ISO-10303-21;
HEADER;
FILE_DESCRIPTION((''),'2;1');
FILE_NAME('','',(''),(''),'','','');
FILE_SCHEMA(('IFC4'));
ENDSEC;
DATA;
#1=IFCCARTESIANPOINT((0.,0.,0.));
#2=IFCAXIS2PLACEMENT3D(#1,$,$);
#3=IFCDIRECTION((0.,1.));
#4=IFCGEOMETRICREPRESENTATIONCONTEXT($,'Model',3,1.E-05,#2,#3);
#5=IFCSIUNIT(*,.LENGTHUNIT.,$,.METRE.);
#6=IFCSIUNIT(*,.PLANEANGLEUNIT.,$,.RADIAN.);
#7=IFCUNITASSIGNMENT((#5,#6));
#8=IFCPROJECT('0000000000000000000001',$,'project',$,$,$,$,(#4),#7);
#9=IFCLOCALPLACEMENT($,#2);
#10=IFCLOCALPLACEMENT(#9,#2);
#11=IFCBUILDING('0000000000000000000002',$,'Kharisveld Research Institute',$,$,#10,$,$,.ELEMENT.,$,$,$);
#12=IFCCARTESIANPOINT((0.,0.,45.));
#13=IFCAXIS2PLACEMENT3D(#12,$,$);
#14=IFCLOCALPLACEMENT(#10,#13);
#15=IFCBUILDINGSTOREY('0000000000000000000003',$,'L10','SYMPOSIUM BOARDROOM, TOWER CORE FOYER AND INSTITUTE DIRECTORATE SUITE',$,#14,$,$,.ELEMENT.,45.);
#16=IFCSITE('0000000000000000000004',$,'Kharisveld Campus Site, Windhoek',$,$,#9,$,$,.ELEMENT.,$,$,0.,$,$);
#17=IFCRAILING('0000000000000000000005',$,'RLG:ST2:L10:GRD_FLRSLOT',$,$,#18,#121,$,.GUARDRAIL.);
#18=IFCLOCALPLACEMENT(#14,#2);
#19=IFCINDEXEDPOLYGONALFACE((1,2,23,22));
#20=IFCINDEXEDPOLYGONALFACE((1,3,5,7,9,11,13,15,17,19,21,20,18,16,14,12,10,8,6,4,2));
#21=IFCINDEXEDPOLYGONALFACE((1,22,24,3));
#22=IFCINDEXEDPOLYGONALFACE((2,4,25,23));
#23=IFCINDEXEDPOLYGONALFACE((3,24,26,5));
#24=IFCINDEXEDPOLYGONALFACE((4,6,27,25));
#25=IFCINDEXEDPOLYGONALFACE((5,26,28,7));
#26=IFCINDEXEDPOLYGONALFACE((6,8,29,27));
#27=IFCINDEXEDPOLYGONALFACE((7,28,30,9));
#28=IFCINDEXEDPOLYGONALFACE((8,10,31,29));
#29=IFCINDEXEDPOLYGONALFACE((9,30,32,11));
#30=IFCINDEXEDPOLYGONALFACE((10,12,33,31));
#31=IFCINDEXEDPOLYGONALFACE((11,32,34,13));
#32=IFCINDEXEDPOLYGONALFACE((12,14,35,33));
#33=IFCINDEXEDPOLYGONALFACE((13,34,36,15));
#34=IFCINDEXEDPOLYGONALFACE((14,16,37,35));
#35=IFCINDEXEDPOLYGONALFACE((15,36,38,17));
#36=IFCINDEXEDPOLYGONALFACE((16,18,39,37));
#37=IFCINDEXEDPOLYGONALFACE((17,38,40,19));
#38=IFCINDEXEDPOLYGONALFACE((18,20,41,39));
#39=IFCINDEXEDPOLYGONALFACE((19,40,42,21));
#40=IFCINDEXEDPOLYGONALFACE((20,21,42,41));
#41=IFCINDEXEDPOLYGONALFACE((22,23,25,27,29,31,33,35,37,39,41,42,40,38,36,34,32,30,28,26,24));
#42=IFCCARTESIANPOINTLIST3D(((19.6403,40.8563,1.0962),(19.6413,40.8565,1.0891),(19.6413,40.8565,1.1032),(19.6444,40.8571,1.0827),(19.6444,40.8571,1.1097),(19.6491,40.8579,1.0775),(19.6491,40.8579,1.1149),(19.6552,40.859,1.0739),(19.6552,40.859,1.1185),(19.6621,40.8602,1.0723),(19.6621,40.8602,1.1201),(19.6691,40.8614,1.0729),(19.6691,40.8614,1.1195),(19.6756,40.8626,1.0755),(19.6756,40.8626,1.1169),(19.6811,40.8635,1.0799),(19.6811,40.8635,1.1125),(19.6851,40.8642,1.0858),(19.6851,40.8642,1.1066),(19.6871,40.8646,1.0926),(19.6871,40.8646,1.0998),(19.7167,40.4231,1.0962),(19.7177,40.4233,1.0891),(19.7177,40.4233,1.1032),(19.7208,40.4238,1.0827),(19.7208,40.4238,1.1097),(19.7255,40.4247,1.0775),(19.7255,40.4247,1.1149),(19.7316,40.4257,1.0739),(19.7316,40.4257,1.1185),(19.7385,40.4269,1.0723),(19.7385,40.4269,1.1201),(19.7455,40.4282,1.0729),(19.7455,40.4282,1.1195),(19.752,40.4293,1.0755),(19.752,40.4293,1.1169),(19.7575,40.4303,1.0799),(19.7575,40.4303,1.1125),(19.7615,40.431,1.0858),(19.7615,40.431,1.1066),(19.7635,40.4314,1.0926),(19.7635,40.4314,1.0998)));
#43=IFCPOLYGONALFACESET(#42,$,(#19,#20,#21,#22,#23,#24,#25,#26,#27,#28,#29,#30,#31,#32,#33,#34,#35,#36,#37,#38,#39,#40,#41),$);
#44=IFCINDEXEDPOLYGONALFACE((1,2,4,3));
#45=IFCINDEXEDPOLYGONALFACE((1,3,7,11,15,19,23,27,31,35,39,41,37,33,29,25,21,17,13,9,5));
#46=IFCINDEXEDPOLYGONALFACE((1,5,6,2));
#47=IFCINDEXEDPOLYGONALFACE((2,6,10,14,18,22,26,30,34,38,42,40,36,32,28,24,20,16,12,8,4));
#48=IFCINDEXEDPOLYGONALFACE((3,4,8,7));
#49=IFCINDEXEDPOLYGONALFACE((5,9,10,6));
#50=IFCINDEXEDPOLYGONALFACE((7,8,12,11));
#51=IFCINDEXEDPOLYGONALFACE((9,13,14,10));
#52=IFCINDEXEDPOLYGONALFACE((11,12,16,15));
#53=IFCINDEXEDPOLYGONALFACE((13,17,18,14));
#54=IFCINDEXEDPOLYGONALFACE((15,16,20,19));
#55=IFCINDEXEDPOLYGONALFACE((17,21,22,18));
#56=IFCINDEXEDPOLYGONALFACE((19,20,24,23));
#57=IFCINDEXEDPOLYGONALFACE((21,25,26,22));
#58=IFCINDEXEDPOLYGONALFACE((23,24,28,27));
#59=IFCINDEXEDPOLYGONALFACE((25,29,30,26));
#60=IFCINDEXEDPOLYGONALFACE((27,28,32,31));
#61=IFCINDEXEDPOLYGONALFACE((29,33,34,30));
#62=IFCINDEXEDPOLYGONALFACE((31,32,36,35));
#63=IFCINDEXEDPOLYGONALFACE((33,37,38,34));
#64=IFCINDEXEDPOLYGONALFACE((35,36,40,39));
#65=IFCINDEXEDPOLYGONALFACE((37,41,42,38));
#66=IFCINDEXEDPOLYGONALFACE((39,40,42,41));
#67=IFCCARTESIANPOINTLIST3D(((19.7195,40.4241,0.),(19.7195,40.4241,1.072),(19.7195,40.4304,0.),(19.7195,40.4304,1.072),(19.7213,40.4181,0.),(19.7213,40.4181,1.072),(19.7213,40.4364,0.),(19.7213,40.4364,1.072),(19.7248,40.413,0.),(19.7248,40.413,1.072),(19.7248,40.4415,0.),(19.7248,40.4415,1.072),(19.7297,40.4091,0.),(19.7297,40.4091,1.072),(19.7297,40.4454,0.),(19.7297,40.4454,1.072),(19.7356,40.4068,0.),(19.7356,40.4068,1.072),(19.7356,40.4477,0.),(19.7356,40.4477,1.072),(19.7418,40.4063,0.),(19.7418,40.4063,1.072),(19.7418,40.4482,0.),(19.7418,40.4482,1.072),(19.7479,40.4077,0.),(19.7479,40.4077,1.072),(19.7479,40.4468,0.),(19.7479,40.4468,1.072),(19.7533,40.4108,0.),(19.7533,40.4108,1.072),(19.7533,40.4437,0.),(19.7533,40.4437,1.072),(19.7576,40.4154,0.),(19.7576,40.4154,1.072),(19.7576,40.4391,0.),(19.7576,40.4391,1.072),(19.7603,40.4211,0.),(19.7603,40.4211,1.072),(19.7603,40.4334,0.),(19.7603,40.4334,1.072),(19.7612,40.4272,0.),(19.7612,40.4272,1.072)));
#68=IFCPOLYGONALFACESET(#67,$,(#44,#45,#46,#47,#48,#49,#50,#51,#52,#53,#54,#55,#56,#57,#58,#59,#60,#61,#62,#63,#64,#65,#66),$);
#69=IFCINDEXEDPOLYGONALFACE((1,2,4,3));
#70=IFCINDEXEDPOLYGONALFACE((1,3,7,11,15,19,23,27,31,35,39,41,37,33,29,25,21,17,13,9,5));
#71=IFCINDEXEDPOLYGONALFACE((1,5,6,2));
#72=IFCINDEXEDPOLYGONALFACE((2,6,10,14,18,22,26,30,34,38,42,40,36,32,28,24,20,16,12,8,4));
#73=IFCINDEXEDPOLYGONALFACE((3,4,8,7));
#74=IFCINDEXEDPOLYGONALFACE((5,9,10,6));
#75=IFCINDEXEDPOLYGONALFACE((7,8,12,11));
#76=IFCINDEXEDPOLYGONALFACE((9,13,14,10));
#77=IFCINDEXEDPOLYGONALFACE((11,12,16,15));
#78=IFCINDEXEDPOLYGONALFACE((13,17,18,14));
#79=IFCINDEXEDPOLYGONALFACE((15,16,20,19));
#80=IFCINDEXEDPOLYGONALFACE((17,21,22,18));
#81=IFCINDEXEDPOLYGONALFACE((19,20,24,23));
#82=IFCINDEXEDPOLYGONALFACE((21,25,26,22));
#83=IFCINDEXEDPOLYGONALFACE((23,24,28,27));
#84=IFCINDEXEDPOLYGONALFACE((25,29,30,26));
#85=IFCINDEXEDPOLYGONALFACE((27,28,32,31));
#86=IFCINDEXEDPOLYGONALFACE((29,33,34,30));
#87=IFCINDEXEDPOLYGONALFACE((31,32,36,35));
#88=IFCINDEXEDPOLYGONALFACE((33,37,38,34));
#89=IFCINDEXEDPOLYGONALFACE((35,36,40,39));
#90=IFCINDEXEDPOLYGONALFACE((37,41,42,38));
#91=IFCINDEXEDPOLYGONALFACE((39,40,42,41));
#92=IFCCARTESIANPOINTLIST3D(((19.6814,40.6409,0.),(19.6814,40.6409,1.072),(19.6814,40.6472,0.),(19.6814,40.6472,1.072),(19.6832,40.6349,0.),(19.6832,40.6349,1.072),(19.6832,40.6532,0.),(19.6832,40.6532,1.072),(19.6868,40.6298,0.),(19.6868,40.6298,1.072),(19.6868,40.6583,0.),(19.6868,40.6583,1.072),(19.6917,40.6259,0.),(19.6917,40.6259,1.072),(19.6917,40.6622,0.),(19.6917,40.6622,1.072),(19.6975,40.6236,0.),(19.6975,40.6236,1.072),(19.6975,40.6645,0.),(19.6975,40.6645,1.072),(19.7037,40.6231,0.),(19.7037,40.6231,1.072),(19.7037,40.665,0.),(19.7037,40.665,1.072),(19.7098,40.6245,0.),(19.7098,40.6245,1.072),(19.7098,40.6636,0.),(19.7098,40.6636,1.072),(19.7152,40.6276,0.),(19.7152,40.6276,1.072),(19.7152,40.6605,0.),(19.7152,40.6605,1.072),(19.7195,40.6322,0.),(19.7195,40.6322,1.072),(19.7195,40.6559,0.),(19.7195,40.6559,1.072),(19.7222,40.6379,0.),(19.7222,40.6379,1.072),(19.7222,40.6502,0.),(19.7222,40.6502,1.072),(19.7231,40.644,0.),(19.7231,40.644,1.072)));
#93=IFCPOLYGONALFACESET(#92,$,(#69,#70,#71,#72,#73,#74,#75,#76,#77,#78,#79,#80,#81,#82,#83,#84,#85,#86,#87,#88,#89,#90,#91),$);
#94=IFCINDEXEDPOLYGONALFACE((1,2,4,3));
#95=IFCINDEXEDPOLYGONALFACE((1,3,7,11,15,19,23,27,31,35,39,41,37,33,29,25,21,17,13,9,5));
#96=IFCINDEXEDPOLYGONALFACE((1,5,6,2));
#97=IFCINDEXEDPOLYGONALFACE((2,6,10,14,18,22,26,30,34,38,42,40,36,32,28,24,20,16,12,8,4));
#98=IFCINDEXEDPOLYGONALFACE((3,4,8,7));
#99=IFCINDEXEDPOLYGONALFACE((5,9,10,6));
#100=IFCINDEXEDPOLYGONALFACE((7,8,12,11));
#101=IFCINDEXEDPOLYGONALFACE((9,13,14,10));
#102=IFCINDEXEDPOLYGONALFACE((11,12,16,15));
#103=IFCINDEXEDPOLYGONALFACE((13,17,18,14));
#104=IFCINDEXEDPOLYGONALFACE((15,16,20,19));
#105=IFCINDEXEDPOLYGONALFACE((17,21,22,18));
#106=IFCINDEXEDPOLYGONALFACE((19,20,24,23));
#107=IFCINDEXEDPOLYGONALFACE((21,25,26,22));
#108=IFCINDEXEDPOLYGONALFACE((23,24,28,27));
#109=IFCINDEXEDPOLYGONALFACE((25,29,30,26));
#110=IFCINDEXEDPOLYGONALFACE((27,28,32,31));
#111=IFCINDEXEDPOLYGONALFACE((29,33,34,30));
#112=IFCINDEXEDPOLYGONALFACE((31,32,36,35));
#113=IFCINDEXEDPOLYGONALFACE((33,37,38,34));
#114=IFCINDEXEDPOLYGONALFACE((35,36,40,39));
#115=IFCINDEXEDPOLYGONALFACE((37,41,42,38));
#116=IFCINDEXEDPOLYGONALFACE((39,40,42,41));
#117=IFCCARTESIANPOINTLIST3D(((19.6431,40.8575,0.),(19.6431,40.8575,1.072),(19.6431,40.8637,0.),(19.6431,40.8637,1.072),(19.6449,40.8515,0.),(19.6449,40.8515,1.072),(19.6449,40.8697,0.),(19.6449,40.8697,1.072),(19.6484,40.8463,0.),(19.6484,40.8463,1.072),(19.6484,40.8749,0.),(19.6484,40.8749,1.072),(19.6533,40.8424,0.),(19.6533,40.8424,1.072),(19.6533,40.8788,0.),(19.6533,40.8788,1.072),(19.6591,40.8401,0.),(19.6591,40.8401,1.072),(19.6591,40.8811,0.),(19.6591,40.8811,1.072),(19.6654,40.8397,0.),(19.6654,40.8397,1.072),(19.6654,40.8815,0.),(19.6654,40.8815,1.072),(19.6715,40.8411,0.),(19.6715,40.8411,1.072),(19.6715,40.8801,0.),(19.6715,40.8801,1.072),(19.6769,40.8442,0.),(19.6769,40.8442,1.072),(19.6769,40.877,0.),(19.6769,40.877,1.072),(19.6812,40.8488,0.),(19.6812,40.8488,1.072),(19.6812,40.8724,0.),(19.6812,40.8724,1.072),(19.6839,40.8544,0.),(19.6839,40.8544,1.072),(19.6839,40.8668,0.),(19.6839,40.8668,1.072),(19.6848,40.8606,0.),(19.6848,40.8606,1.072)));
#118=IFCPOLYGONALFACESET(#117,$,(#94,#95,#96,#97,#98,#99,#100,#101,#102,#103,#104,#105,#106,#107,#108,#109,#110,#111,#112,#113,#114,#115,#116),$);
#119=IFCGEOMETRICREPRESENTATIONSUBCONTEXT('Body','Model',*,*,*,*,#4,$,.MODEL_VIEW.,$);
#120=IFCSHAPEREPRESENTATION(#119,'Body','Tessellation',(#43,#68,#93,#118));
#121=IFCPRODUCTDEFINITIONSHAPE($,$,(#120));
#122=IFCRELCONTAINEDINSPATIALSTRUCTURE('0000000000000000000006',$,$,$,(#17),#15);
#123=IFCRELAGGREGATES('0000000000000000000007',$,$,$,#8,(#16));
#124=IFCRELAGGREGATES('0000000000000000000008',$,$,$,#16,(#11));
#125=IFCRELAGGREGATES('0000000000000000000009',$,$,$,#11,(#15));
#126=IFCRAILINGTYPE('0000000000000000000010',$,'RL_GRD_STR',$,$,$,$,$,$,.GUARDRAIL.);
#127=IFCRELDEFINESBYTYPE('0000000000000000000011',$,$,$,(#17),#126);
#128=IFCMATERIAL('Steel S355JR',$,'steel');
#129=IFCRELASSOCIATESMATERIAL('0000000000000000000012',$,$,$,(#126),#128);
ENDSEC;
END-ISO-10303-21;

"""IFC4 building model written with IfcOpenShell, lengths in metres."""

from ifc_helpers import new_model, si_unit, direction, frame, origin, origin_2d, place, context, subcontext, project, spatial, circle, extrude, material, type_object, element, save


model = new_model("IFC4")

# Units and contexts
model_context = context("Model", 3, precision=1e-05, world=origin(), true_north=direction((0.0, 1.0)))
body_context = subcontext(model_context, "Body", "Model", "MODEL_VIEW")
ifc_project = project(units=[si_unit("LENGTHUNIT", "METRE"), si_unit("PLANEANGLEUNIT", "RADIAN")], contexts=[model_context])

# Site, building, storey
site_placement = place(None, origin())
site = spatial("IfcSite", under=ifc_project, at=site_placement, Name="Kharisveld Campus Site, Windhoek", CompositionType="ELEMENT", RefElevation=0.0)
building_placement = place(site_placement, origin())
building = spatial("IfcBuilding", under=site, at=building_placement, Name="Kharisveld Research Institute", CompositionType="ELEMENT")
storey_placement = place(building_placement, frame((0.0, 0.0, 45.0)))
storey = spatial("IfcBuildingStorey", under=building, at=storey_placement, Name="L10", Description="SYMPOSIUM BOARDROOM, TOWER CORE FOYER AND INSTITUTE DIRECTORATE SUITE", CompositionType="ELEMENT", Elevation=45.0)

# Railing
ifc_material_1 = material(Name="Steel S355JR", Category="steel")
railing_type = type_object("IfcRailingType", Name="RL_GRD_STR", PredefinedType="GUARDRAIL", material=ifc_material_1)
railing_1_placement = place(storey_placement, frame((19.7402, 40.4272, 0.0)))
element("IfcRailing", 1, at=railing_1_placement, inside=storey, type_object=railing_type, Name="RLG:ST2:L10:GRD_FLRSLOT", PredefinedType="GUARDRAIL", context=body_context, shape_type="SweptSolid", body=[
    extrude(circle(Radius=0.0239, at=origin_2d()), frame((0.0, 0.0, 1.0962), z_axis=(-0.173659, 0.984806, 0.0), x_axis=(-0.984806, -0.173659, 0.0)), (0.0, 0.0, 1.0), 0.4399),
    extrude(circle(Radius=0.021, at=origin_2d()), origin(), (0.0, 0.0, 1.0), 1.072),
    extrude(circle(Radius=0.021, at=origin_2d()), frame((-0.0381, 0.2168, 0.0)), (0.0, 0.0, 1.0), 1.072),
    extrude(circle(Radius=0.021, at=origin_2d()), frame((-0.0764, 0.4333, 0.0)), (0.0, 0.0, 1.0), 1.072),
])

save(model, "model.ifc")
